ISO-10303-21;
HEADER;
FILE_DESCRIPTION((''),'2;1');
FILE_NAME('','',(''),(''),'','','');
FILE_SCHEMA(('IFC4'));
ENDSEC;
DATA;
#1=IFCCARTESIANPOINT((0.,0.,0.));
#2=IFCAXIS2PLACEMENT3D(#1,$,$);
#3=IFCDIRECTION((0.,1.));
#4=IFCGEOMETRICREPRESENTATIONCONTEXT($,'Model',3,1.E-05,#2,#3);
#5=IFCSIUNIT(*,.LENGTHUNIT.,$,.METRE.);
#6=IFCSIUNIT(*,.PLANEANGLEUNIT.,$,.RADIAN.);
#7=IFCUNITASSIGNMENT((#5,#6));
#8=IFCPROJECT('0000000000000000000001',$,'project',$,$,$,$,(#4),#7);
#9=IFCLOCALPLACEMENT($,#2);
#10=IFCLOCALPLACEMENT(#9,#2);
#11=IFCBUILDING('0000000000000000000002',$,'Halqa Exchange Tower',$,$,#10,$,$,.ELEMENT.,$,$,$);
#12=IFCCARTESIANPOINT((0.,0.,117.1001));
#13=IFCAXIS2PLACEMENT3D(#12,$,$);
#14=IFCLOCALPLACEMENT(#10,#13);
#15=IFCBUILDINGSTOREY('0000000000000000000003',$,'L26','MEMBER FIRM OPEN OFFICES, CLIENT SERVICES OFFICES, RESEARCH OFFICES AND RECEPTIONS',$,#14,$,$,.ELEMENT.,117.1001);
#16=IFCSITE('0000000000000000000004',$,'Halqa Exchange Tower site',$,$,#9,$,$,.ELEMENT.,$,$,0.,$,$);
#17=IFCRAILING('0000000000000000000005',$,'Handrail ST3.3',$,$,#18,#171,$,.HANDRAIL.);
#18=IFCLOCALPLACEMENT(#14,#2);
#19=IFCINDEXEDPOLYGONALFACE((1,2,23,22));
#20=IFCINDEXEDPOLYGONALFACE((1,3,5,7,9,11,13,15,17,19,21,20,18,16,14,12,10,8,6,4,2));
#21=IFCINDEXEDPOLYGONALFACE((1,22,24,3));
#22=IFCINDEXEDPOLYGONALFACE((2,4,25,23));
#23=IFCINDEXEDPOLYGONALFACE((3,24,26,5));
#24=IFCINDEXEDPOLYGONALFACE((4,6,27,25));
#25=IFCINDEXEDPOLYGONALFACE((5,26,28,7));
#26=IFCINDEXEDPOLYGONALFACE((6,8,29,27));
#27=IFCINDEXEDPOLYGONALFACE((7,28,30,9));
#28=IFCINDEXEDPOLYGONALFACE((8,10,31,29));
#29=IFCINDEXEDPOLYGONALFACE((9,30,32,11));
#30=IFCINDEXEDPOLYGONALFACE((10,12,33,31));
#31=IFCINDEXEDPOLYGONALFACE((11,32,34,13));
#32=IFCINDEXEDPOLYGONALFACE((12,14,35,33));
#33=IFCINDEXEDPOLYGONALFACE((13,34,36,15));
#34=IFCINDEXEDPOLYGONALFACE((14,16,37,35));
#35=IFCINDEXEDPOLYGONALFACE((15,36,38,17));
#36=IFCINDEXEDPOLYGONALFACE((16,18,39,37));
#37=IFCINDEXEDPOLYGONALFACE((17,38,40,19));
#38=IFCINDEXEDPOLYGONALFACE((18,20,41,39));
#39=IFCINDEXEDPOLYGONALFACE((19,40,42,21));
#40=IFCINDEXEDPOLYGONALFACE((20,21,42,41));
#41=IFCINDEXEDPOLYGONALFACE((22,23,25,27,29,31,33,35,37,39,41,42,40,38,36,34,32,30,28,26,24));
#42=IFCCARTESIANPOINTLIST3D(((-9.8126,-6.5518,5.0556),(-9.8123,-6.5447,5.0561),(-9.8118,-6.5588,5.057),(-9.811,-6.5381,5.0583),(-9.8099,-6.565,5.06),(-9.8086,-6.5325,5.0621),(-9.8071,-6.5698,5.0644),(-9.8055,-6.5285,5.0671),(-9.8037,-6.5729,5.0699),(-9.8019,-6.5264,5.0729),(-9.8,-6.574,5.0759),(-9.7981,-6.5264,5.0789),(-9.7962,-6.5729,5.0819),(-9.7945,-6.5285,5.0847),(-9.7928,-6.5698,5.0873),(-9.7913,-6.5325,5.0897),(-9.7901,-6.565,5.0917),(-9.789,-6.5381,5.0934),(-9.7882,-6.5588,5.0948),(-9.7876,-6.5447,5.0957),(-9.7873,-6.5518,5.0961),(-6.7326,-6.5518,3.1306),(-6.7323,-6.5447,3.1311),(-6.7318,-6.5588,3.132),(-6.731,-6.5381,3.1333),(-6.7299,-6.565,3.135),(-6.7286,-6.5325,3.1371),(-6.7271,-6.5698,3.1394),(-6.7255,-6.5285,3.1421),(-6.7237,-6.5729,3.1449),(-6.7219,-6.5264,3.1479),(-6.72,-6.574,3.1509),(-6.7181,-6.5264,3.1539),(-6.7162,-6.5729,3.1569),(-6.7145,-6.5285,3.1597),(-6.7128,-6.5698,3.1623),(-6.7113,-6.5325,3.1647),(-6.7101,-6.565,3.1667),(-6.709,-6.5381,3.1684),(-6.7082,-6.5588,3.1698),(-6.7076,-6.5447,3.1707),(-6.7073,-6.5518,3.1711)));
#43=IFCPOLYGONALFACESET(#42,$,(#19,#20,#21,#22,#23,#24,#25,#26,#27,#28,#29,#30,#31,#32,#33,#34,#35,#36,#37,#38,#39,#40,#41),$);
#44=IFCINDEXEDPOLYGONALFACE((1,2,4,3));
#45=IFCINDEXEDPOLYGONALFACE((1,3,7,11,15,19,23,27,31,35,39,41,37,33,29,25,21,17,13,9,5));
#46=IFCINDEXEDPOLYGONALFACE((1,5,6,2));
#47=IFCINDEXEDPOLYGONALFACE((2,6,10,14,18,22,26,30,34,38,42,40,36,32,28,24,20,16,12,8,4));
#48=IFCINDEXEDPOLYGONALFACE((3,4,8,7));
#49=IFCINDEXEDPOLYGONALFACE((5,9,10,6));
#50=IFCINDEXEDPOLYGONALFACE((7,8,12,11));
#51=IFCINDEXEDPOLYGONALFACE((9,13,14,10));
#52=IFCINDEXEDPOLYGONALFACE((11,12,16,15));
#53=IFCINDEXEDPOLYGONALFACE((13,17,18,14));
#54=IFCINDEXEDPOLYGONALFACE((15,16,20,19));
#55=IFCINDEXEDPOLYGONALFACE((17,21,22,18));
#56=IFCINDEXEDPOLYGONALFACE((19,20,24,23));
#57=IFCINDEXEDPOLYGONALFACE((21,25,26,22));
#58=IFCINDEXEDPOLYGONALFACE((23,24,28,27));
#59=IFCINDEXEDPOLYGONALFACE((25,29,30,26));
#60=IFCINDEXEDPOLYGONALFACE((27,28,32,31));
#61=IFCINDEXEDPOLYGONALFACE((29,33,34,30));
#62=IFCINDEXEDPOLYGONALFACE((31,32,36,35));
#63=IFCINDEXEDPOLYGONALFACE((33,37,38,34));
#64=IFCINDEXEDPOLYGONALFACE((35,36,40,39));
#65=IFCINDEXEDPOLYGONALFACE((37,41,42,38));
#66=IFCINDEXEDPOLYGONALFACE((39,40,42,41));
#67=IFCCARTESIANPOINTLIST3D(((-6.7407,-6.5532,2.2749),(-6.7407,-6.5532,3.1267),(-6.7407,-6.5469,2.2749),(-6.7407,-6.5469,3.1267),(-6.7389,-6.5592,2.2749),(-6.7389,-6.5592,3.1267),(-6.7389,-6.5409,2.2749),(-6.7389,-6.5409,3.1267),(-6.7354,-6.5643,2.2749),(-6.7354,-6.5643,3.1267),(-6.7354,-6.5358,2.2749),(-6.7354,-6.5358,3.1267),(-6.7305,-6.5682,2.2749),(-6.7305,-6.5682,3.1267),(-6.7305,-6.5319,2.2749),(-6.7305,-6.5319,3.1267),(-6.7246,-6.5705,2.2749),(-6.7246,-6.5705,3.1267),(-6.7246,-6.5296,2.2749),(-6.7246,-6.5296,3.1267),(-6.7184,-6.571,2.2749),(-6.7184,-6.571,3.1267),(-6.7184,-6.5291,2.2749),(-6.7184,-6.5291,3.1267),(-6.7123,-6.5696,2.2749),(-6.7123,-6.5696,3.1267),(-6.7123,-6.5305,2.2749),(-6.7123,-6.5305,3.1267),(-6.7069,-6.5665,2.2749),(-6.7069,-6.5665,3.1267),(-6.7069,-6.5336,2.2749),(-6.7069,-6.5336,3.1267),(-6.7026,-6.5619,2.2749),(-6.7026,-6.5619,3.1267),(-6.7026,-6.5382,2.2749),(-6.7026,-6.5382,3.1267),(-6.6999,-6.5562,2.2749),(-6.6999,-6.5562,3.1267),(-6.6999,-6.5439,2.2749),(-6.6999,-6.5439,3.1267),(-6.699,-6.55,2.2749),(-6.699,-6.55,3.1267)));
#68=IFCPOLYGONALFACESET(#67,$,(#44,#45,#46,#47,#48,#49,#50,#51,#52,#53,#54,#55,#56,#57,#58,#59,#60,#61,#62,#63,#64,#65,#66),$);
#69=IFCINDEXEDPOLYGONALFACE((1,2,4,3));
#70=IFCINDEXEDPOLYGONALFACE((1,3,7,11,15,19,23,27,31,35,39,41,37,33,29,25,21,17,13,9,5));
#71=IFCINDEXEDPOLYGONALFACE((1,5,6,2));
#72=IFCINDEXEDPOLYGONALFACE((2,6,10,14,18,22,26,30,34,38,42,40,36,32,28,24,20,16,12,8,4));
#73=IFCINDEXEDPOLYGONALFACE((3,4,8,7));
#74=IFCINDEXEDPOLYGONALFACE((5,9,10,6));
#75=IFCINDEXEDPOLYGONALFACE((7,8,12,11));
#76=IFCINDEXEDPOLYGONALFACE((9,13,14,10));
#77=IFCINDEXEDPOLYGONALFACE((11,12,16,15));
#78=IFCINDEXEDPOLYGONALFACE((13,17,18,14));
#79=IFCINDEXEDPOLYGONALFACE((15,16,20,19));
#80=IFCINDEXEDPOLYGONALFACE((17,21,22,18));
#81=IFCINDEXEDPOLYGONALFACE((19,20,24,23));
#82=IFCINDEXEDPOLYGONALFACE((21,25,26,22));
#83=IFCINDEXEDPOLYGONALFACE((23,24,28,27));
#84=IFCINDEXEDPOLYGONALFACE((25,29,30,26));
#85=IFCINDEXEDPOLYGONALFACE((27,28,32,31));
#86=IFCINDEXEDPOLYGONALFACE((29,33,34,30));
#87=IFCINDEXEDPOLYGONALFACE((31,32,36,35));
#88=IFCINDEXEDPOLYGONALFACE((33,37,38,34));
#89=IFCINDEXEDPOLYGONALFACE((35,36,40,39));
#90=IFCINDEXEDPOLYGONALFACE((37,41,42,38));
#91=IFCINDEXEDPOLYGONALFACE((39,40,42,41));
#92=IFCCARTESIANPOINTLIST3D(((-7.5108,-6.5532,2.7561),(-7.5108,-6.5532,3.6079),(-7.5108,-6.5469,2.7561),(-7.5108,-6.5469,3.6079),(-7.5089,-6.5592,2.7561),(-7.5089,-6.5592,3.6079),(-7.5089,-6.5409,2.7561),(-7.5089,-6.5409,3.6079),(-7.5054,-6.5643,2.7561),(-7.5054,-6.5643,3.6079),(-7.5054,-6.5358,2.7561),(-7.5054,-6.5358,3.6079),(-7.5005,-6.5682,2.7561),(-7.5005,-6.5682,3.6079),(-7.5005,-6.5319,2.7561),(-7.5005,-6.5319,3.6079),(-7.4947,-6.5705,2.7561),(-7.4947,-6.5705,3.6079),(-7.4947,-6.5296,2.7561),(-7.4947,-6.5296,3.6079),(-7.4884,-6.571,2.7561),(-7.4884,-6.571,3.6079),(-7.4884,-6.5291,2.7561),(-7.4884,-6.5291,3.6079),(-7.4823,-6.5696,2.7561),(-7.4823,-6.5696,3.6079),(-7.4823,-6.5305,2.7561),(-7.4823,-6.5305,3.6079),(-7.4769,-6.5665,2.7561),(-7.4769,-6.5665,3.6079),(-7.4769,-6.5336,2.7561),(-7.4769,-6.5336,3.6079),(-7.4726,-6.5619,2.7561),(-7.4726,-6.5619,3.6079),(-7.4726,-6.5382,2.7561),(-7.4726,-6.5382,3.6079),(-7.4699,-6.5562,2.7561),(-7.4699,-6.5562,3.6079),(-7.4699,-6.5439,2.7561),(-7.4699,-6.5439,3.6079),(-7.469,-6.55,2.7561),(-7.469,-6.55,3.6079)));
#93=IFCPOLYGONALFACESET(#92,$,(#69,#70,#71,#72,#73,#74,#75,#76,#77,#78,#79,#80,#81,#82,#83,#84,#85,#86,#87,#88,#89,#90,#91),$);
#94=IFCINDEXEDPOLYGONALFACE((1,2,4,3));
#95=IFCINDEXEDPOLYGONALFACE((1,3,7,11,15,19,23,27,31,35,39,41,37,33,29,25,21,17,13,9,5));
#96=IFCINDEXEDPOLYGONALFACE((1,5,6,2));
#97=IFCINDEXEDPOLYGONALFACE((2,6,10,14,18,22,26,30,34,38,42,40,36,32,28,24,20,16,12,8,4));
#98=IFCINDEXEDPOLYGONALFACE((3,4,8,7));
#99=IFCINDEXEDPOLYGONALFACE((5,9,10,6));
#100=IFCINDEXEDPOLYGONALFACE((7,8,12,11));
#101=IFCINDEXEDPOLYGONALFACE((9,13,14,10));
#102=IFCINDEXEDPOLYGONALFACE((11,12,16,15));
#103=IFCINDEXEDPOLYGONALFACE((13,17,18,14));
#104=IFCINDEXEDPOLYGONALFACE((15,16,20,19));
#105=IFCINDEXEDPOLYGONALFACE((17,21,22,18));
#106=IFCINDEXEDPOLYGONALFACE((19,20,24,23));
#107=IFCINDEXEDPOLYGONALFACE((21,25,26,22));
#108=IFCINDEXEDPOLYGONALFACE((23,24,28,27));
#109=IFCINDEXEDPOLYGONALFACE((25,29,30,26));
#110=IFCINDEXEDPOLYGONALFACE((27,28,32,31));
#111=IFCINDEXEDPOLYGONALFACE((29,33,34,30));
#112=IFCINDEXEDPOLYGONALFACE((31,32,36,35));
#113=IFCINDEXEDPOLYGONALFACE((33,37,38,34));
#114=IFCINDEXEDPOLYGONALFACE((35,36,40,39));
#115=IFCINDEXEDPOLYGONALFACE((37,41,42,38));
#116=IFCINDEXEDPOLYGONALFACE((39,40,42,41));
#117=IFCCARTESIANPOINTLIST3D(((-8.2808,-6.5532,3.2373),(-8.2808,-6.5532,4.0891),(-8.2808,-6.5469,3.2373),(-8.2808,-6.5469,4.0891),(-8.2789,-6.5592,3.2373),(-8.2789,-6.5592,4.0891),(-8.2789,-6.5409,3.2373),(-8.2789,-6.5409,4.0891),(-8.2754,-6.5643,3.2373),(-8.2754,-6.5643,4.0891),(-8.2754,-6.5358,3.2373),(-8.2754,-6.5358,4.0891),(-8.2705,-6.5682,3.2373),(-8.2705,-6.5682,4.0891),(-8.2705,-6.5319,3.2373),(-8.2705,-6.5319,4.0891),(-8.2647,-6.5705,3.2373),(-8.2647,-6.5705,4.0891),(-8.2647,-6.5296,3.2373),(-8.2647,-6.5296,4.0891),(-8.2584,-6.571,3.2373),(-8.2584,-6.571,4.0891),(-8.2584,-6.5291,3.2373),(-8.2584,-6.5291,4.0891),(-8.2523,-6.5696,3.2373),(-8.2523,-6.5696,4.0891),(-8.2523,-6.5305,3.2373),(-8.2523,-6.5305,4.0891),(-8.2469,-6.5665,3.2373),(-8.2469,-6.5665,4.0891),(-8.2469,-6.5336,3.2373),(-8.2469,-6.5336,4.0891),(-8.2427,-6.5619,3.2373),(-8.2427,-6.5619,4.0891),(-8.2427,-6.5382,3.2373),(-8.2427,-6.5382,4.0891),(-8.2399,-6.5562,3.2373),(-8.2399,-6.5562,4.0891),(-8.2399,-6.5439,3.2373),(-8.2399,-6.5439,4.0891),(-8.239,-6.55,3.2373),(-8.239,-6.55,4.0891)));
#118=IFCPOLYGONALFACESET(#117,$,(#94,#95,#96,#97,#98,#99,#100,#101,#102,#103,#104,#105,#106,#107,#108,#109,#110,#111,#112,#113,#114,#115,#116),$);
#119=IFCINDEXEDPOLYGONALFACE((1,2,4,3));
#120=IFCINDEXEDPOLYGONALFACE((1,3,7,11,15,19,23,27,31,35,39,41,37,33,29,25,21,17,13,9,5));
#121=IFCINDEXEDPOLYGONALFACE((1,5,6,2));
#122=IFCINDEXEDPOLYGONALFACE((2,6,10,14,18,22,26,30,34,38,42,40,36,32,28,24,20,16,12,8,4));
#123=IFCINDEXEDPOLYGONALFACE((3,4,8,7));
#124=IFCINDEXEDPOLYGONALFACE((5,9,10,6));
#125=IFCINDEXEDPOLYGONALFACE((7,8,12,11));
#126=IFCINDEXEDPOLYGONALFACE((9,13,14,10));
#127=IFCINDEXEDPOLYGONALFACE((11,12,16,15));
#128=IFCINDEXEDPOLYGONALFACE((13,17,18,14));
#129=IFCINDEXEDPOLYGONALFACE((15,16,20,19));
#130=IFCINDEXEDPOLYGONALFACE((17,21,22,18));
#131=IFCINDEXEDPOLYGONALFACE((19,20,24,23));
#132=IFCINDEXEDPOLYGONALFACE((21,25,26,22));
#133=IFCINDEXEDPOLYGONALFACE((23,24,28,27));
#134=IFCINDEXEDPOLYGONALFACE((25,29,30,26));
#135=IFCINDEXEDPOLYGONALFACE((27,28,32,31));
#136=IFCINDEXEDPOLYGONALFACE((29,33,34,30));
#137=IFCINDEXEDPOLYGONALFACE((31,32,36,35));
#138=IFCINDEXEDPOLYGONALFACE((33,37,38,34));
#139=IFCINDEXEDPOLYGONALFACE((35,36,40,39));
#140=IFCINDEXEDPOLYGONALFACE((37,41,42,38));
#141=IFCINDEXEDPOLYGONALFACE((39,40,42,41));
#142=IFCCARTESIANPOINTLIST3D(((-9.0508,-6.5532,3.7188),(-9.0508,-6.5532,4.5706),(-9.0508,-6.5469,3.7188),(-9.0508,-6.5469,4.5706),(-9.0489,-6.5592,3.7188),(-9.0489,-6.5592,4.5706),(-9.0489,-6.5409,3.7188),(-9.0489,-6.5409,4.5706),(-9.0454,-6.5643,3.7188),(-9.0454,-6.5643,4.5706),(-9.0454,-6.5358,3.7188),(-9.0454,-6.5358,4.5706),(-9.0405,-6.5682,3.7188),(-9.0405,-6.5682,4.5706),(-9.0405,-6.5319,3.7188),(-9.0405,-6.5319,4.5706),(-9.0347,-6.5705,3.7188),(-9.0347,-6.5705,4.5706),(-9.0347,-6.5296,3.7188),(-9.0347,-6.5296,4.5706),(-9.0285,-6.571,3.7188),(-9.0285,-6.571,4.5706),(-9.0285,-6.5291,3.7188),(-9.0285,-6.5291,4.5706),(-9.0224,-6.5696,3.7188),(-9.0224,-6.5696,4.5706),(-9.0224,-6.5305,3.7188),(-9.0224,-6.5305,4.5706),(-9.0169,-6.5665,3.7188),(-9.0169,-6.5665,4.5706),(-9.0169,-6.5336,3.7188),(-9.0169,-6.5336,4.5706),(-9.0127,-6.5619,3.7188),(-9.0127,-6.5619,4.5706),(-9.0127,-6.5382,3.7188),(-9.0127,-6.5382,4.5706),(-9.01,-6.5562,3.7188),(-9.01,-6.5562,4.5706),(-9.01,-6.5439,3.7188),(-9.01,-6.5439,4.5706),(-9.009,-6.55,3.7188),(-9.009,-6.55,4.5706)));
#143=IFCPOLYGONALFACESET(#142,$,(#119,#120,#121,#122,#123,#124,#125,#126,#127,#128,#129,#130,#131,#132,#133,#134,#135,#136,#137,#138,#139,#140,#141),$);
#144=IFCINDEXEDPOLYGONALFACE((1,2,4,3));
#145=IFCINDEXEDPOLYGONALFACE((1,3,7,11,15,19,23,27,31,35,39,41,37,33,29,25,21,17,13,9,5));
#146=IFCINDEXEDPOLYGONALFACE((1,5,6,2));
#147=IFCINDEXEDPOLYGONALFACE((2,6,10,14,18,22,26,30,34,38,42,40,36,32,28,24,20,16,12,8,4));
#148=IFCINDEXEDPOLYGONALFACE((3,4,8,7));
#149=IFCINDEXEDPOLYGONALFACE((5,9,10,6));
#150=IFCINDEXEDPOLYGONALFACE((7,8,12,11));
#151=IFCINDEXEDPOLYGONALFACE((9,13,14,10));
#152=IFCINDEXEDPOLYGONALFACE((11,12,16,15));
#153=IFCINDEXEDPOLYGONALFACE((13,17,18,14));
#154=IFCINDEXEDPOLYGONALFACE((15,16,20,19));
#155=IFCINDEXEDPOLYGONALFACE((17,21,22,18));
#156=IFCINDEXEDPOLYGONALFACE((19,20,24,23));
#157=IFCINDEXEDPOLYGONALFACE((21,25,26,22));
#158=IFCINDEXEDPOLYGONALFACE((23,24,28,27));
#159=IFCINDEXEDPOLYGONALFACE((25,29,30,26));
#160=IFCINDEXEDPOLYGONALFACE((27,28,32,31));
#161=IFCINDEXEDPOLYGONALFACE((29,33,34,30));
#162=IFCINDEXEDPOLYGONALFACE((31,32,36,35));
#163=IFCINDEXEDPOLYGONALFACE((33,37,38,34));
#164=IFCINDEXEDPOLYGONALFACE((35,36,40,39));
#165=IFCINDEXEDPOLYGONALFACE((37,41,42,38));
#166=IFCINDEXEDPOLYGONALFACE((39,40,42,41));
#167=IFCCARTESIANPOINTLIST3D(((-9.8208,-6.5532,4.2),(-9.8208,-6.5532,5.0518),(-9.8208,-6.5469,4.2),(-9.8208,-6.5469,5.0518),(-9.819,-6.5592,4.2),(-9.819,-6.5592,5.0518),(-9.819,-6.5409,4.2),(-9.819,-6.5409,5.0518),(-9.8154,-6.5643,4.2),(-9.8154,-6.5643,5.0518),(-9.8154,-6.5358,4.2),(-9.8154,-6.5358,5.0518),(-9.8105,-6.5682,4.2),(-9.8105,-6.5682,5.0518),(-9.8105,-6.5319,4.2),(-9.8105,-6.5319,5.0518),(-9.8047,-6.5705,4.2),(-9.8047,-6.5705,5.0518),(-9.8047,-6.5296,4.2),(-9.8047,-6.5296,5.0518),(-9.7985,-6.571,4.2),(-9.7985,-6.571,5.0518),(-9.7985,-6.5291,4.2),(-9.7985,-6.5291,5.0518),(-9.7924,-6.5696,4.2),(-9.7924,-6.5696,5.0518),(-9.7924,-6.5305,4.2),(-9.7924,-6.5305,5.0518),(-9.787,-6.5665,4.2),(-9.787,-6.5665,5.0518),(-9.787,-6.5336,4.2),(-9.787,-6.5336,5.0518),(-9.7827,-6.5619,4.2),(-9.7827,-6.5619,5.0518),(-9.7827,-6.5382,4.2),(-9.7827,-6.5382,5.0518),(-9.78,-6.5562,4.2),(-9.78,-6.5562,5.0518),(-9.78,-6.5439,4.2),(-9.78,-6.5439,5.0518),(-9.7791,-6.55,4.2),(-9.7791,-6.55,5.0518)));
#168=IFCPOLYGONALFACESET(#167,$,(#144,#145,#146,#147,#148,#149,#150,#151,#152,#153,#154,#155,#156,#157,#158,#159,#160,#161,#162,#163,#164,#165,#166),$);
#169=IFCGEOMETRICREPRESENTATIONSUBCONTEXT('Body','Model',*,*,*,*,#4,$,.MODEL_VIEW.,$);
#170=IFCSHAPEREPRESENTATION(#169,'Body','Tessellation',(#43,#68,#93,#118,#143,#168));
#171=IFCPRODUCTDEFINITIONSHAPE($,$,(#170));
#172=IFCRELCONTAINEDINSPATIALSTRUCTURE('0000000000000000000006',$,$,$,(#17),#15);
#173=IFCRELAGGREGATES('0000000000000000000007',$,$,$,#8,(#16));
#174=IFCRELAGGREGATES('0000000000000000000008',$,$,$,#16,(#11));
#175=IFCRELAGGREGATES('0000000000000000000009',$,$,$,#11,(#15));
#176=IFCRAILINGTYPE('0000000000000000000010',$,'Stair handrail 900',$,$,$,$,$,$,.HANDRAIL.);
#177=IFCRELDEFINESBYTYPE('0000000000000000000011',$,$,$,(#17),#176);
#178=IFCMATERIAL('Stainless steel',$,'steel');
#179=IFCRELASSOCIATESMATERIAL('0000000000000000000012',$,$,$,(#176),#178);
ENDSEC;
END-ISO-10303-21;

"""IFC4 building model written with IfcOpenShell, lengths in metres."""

from ifc_helpers import new_model, si_unit, direction, frame, origin, origin_2d, place, context, subcontext, project, spatial, circle, extrude, material, type_object, element, save


model = new_model("IFC4")

# Units and contexts
model_context = context("Model", 3, precision=1e-05, world=origin(), true_north=direction((0.0, 1.0)))
body_context = subcontext(model_context, "Body", "Model", "MODEL_VIEW")
ifc_project = project(units=[si_unit("LENGTHUNIT", "METRE"), si_unit("PLANEANGLEUNIT", "RADIAN")], contexts=[model_context])

# Site, building, storey
site_placement = place(None, origin())
site = spatial("IfcSite", under=ifc_project, at=site_placement, Name="Halqa Exchange Tower site", CompositionType="ELEMENT", RefElevation=0.0)
building_placement = place(site_placement, origin())
building = spatial("IfcBuilding", under=site, at=building_placement, Name="Halqa Exchange Tower", CompositionType="ELEMENT")
storey_placement = place(building_placement, frame((0.0, 0.0, 117.1001)))
storey = spatial("IfcBuildingStorey", under=building, at=storey_placement, Name="L26", Description="MEMBER FIRM OPEN OFFICES, CLIENT SERVICES OFFICES, RESEARCH OFFICES AND RECEPTIONS", CompositionType="ELEMENT", Elevation=117.1001)

# Shared definitions
ifc_material_1 = material(Name="Stainless steel", Category="steel")

# Railing
railing_type_1 = type_object("IfcRailingType", Name="Stair handrail 900", PredefinedType="HANDRAIL", material=ifc_material_1)
railing_1_placement = place(storey_placement, frame((-6.72, -6.55, 2.2749)))
element("IfcRailing", 1, at=railing_1_placement, inside=storey, type_object=railing_type_1, Name="Handrail ST3.3", PredefinedType="HANDRAIL", context=body_context, shape_type="SweptSolid", body=[
    extrude(circle(Radius=0.0239, at=origin_2d()), frame((0.0, 0.0, 0.876), z_axis=(-0.847998, 0.0, 0.529999), x_axis=(0.0, -1.0, 0.0)), (0.0, 0.0, 1.0), 3.6321),
    extrude(circle(Radius=0.021, at=origin_2d()), origin(), (0.0, 0.0, 1.0), 0.8518),
    extrude(circle(Radius=0.021, at=origin_2d()), frame((-0.77, 0.0, 0.4812)), (0.0, 0.0, 1.0), 0.8518),
    extrude(circle(Radius=0.021, at=origin_2d()), frame((-1.54, 0.0, 0.9624)), (0.0, 0.0, 1.0), 0.8518),
    extrude(circle(Radius=0.021, at=origin_2d()), frame((-2.3101, 0.0, 1.4438)), (0.0, 0.0, 1.0), 0.8518),
    extrude(circle(Radius=0.021, at=origin_2d()), frame((-3.0801, 0.0, 1.925)), (0.0, 0.0, 1.0), 0.8518),
])

save(model, "model.ifc")
